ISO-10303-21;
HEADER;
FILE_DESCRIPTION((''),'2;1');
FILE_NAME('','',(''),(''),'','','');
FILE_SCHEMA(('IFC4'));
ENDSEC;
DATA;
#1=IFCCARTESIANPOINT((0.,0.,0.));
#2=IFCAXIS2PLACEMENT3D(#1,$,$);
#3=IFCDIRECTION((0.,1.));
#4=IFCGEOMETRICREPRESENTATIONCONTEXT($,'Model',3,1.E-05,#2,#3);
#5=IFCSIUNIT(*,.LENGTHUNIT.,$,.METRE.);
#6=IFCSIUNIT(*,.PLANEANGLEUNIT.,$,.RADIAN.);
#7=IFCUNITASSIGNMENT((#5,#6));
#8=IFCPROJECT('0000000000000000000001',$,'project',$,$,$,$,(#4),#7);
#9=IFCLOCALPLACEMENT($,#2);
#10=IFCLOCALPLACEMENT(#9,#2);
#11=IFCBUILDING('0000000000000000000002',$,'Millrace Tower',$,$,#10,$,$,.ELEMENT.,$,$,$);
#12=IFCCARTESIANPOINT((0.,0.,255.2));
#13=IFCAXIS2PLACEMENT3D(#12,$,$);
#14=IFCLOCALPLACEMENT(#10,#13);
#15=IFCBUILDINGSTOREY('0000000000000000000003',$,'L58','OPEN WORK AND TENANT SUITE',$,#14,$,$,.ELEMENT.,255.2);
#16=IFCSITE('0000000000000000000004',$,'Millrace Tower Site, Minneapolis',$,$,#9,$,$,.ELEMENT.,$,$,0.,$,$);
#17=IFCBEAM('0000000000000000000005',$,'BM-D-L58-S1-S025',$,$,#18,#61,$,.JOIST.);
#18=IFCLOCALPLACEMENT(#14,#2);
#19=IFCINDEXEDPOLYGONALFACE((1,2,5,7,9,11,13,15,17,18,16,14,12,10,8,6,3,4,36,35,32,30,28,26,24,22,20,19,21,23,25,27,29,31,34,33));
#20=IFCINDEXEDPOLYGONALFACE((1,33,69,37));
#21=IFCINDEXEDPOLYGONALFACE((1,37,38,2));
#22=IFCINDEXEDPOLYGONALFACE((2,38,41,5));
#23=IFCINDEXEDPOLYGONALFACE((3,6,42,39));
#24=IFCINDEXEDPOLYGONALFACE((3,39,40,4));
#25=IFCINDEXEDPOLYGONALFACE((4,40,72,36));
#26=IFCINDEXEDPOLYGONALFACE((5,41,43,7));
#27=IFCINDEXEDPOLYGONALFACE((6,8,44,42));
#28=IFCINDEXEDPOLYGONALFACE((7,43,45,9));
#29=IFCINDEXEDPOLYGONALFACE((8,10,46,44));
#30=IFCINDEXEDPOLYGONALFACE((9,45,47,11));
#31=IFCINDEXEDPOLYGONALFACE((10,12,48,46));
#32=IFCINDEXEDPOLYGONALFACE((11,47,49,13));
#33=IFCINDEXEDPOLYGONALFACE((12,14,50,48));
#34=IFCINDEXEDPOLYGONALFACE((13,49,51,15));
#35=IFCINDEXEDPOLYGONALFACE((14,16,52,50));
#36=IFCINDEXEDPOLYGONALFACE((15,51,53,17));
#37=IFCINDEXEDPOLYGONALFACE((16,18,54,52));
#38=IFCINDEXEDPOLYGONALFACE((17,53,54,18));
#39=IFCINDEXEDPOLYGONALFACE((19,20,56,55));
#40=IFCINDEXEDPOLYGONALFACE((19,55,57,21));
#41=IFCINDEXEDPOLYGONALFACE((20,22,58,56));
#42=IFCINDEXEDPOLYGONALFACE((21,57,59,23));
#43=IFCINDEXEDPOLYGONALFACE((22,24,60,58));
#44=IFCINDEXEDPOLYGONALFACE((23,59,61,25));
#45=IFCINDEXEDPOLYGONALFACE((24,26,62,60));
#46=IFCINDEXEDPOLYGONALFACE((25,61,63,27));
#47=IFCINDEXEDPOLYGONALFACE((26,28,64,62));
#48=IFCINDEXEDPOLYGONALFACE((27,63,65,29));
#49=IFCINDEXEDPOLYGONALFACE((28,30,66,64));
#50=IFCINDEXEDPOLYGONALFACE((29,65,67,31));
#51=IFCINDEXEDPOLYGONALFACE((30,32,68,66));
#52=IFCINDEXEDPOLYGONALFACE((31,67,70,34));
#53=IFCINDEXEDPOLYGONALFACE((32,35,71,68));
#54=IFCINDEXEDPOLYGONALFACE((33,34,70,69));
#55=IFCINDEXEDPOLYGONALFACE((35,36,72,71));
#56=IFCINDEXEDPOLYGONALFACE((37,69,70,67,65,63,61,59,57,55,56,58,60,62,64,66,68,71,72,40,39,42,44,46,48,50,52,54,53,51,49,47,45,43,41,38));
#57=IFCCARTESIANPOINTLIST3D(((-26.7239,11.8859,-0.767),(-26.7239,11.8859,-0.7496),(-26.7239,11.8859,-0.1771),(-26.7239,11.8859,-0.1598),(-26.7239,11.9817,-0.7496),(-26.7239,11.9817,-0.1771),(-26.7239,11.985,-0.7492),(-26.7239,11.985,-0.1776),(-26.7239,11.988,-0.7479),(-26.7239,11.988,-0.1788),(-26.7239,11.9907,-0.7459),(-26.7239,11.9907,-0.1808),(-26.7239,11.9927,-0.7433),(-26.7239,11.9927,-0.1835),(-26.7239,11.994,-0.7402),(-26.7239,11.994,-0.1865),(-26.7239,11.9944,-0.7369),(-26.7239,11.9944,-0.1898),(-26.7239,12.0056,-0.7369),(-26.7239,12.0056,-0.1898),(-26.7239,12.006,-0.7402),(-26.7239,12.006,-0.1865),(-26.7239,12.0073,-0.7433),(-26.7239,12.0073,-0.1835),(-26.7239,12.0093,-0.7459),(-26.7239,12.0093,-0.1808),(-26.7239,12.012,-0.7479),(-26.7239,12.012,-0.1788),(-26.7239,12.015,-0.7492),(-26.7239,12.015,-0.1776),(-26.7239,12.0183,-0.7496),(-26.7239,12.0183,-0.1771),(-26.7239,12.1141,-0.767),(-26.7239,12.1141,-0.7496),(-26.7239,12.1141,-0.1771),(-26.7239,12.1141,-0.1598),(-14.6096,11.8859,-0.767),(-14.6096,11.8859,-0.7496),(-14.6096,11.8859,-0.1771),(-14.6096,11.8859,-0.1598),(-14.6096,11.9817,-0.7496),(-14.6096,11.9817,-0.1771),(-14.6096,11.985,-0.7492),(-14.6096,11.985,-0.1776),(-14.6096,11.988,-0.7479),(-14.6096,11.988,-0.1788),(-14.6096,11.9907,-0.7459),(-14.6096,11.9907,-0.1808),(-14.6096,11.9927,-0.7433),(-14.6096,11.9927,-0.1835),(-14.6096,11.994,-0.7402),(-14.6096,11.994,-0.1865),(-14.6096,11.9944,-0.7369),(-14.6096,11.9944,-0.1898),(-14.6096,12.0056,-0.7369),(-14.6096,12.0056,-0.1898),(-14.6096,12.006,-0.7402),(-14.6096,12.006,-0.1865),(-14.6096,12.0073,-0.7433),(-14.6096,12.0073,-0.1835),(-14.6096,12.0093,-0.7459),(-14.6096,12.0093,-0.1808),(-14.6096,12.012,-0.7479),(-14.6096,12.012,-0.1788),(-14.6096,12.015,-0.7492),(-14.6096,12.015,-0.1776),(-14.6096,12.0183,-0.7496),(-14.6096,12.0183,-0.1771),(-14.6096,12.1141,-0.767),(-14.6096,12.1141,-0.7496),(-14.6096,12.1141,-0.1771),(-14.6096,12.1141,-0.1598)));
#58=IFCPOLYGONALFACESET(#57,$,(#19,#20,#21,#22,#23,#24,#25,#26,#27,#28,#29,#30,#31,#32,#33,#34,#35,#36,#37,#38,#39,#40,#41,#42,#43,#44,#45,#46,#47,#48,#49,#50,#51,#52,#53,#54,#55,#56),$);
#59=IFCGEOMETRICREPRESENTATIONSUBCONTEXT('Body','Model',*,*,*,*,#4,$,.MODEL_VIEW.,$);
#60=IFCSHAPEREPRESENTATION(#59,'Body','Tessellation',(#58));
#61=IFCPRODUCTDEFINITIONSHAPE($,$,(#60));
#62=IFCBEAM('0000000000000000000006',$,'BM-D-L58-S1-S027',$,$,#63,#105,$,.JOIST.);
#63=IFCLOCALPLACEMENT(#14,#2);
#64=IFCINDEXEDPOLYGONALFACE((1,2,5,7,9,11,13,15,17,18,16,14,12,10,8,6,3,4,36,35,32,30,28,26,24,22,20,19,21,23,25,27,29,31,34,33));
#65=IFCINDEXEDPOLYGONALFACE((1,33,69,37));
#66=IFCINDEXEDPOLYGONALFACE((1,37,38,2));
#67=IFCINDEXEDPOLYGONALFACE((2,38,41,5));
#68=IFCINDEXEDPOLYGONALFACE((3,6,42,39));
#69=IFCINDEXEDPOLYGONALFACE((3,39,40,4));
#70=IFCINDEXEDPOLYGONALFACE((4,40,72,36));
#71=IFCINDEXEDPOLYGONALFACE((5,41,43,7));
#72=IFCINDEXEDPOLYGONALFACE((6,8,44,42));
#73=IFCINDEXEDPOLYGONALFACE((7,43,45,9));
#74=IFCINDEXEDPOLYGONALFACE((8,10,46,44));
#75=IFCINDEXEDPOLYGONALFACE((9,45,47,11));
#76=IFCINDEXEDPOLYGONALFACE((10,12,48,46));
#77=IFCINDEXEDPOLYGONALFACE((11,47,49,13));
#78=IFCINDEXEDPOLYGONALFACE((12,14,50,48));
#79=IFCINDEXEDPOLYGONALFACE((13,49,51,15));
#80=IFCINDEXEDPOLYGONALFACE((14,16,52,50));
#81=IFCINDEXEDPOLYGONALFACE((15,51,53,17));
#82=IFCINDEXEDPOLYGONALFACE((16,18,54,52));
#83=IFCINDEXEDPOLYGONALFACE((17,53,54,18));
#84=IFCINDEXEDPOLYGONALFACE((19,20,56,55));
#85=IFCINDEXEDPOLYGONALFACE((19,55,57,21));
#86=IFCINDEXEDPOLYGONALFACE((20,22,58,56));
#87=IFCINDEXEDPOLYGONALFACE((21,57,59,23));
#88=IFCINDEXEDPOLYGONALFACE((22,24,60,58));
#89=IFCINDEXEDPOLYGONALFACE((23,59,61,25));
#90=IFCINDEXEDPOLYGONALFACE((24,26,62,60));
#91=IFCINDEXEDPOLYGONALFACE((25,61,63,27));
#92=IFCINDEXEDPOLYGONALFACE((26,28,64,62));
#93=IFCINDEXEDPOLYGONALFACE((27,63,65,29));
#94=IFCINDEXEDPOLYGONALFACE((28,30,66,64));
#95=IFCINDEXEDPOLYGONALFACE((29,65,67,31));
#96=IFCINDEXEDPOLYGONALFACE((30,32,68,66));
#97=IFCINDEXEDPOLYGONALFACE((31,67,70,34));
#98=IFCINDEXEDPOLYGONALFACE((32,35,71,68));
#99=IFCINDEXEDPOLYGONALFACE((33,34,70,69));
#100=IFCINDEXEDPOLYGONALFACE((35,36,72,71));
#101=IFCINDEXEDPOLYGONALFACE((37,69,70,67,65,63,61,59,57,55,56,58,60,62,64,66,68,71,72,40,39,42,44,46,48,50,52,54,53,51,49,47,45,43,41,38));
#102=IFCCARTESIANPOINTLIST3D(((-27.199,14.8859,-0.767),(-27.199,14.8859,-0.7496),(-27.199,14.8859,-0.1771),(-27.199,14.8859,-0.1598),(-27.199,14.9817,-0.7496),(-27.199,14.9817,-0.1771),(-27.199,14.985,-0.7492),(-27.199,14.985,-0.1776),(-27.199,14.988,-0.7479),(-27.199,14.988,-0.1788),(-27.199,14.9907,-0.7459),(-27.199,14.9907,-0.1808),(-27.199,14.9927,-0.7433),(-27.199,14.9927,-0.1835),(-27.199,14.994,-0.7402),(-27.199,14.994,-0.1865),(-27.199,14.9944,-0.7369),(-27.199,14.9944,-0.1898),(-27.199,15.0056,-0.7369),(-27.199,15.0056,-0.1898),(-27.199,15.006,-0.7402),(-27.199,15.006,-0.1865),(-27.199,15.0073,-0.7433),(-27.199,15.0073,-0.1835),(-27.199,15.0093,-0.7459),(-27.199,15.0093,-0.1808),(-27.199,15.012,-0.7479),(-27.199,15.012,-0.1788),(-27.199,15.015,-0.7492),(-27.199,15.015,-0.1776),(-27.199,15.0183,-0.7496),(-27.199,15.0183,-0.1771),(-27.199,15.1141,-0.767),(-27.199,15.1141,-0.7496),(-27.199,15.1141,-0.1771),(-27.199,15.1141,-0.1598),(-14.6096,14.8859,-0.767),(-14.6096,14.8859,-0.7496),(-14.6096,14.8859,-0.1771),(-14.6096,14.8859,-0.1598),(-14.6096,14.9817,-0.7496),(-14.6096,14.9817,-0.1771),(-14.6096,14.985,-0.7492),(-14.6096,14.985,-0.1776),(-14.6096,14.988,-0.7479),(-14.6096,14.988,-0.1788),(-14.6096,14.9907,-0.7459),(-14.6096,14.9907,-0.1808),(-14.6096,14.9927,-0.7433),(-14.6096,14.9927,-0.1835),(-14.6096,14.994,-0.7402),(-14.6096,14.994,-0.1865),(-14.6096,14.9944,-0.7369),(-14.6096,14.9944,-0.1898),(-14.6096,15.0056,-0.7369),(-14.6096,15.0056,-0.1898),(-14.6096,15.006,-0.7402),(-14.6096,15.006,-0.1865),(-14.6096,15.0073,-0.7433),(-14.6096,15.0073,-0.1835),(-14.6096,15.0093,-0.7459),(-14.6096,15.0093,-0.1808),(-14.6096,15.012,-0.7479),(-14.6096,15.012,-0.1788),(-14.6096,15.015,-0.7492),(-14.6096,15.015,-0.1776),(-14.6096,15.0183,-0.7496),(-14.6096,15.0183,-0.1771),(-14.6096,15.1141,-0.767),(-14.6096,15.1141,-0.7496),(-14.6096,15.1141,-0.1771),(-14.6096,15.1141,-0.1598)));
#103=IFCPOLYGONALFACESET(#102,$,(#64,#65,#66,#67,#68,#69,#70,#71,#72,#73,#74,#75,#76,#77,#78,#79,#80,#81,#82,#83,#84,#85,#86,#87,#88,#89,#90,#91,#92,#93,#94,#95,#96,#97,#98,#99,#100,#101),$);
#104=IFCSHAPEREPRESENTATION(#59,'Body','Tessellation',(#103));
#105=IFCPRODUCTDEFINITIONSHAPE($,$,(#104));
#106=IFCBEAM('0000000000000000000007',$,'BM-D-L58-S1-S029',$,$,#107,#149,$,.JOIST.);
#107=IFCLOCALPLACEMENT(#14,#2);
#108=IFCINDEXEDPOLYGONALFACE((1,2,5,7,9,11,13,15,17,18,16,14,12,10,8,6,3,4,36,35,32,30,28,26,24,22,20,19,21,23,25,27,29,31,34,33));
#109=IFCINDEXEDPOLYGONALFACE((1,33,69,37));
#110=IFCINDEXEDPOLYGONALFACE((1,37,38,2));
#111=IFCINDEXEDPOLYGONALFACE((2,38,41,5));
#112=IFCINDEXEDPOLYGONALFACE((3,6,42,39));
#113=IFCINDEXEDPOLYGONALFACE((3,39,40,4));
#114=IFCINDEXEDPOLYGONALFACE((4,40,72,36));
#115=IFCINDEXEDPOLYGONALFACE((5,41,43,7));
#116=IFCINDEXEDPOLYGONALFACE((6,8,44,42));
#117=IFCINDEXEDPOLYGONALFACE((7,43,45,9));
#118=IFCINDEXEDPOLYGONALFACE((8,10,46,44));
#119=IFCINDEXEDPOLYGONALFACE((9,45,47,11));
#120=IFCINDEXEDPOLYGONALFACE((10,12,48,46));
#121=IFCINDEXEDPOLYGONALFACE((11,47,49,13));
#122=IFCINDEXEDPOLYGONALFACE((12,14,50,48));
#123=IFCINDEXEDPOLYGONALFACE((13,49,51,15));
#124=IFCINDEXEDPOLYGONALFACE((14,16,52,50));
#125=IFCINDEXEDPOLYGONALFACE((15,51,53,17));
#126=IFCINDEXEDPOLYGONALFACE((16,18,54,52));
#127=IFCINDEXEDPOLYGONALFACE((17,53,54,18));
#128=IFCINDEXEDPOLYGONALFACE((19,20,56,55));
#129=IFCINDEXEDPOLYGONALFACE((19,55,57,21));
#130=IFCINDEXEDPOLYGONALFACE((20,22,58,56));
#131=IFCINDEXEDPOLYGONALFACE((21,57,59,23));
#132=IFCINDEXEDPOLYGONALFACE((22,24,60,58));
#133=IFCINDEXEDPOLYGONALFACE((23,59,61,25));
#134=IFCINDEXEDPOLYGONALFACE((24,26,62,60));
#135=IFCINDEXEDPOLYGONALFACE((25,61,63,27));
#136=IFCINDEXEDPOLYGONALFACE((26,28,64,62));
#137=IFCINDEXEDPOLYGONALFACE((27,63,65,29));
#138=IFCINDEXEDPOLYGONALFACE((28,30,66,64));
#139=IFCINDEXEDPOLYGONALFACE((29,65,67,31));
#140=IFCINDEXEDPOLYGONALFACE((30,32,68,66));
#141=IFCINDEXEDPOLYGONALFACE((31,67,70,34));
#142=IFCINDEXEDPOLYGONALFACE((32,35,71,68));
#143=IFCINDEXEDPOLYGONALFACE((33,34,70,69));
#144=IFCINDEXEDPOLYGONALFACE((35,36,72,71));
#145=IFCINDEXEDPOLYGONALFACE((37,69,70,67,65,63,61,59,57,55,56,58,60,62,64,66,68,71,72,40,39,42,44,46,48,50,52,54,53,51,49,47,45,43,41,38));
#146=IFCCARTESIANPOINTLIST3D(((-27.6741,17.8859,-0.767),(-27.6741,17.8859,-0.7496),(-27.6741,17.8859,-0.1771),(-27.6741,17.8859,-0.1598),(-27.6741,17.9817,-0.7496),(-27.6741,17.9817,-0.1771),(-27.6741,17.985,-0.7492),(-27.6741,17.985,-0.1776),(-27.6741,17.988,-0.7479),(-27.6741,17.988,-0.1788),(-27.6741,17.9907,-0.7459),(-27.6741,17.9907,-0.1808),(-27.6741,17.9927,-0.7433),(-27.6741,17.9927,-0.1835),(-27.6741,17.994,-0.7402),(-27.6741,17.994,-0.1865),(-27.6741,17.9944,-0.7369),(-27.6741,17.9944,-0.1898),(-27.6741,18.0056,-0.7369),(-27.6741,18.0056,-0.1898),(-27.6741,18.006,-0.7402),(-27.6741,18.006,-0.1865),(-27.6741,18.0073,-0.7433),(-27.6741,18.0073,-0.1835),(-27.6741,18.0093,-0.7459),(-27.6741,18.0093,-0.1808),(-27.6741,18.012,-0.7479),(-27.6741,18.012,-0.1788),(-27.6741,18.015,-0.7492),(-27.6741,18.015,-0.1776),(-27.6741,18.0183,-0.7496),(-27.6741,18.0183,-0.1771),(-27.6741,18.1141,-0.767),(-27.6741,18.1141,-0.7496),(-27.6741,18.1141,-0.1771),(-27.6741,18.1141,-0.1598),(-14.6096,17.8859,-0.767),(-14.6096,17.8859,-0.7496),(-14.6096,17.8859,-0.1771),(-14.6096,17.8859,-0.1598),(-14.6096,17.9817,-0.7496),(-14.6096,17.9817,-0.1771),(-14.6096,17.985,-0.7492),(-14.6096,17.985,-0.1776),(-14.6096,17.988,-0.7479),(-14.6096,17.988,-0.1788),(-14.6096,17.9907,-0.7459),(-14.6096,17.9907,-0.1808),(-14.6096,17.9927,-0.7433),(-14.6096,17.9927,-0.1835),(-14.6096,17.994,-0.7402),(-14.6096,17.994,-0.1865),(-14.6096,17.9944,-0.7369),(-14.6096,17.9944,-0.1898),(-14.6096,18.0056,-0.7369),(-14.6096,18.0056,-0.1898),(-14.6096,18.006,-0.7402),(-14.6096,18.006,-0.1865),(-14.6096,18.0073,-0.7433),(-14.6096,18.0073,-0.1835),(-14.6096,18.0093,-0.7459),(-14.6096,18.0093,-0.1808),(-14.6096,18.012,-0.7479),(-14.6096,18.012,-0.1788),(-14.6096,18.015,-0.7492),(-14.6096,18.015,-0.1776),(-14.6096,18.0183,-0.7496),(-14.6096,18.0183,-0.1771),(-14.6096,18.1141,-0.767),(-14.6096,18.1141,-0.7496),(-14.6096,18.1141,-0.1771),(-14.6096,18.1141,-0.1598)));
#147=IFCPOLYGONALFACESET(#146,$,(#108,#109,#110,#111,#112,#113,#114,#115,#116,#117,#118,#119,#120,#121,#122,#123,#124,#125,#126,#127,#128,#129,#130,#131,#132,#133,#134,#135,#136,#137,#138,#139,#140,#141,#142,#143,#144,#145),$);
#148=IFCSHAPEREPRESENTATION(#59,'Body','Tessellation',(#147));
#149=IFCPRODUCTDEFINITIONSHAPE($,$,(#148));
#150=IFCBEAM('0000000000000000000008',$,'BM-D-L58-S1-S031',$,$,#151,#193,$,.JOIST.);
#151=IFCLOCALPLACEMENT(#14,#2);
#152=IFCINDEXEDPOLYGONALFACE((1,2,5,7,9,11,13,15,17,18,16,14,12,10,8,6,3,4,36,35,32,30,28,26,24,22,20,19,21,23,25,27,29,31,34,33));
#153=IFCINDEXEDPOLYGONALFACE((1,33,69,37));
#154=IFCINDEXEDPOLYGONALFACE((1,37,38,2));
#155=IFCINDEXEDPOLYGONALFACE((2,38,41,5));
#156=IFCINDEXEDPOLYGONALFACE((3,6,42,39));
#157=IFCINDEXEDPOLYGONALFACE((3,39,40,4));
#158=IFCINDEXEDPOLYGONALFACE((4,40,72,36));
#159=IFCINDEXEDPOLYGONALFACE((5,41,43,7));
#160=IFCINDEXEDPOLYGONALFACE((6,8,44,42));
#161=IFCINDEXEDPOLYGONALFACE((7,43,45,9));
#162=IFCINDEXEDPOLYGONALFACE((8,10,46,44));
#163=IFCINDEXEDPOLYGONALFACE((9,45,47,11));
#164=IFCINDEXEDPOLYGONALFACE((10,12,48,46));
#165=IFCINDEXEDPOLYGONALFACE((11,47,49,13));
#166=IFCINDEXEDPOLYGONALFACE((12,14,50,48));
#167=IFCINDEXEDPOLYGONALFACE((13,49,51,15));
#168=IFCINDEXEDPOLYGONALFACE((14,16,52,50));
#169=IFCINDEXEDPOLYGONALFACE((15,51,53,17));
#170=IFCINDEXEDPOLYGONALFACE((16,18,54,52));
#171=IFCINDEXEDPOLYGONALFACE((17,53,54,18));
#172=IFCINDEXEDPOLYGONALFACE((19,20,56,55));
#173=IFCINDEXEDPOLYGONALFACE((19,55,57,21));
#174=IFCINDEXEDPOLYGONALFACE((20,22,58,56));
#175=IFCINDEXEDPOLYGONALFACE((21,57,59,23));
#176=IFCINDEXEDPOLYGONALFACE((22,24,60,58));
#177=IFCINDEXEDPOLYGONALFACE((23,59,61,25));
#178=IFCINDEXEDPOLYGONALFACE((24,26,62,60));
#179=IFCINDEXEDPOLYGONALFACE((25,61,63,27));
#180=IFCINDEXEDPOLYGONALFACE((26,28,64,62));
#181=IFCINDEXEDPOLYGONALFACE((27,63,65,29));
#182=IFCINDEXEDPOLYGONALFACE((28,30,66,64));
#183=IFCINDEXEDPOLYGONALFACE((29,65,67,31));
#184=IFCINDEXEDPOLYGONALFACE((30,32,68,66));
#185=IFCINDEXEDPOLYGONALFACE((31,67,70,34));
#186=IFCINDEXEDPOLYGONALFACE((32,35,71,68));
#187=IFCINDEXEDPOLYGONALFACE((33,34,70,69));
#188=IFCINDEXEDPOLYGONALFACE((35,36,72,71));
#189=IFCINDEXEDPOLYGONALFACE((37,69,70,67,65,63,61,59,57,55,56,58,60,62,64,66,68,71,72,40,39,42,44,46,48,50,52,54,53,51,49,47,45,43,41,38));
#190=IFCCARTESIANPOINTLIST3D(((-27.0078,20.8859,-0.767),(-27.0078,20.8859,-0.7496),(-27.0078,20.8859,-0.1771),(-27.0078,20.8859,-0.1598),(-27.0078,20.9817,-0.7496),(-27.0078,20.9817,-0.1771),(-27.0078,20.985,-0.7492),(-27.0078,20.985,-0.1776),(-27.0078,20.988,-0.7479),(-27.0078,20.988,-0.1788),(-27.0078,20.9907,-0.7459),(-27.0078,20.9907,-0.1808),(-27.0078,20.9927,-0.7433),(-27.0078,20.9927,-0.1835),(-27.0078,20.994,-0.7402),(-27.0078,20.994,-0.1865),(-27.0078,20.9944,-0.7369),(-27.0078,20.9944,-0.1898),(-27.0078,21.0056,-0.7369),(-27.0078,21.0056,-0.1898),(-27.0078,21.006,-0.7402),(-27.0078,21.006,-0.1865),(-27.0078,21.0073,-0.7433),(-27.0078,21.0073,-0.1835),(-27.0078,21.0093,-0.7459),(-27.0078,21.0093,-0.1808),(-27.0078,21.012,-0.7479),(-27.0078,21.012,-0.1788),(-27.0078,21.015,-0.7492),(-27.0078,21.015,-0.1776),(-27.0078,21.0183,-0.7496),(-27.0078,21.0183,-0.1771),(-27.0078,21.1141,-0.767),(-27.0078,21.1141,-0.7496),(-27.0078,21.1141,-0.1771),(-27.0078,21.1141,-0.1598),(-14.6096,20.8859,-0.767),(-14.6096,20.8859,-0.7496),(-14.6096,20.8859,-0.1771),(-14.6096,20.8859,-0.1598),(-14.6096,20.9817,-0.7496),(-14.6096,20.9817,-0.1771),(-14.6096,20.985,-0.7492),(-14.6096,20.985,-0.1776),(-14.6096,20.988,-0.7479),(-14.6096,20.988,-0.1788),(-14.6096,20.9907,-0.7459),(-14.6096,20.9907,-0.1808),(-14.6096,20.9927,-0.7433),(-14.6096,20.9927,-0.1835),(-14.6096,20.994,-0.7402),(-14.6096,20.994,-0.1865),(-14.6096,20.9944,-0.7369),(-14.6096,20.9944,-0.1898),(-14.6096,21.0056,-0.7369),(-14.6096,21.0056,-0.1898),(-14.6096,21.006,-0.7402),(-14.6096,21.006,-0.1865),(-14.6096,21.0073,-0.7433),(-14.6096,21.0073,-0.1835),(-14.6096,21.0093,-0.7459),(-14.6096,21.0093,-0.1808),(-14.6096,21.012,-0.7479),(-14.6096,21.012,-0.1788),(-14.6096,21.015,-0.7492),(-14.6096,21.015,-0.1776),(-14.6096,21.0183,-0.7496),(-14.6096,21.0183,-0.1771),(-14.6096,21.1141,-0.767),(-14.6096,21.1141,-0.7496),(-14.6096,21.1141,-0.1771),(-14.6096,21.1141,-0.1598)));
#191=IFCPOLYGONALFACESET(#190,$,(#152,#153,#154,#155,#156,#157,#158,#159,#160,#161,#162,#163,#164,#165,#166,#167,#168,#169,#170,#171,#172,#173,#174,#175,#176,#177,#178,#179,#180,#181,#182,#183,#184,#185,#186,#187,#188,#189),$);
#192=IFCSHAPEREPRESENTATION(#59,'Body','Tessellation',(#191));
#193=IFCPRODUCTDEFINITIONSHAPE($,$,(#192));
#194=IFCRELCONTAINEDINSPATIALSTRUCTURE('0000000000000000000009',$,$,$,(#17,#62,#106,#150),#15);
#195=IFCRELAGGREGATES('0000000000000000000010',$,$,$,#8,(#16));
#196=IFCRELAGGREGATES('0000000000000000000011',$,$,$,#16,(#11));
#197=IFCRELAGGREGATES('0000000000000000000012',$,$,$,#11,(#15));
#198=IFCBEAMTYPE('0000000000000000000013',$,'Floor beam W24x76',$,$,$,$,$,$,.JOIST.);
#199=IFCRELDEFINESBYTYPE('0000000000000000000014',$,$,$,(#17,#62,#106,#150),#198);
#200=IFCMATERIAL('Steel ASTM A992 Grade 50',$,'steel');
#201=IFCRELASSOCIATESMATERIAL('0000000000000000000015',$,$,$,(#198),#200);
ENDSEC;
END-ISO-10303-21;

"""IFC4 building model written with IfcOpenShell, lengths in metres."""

from ifc_helpers import new_model, si_unit, direction, frame, origin, origin_2d, place, context, subcontext, project, spatial, i_section, extrude, material, material_profile, profile_set, type_object, element, save


model = new_model("IFC4")

# Units and contexts
model_context = context("Model", 3, precision=1e-05, world=origin(), true_north=direction((0.0, 1.0)))
body_context = subcontext(model_context, "Body", "Model", "MODEL_VIEW")
ifc_project = project(units=[si_unit("LENGTHUNIT", "METRE"), si_unit("PLANEANGLEUNIT", "RADIAN")], contexts=[model_context])

# Site, building, storey
site_placement = place(None, origin())
site = spatial("IfcSite", under=ifc_project, at=site_placement, Name="Millrace Tower Site, Minneapolis", CompositionType="ELEMENT", RefElevation=0.0)
building_placement = place(site_placement, origin())
building = spatial("IfcBuilding", under=site, at=building_placement, Name="Millrace Tower", CompositionType="ELEMENT")
storey_placement = place(building_placement, frame((0.0, 0.0, 255.2)))
storey = spatial("IfcBuildingStorey", under=building, at=storey_placement, Name="L58", Description="OPEN WORK AND TENANT SUITE", CompositionType="ELEMENT", Elevation=255.2)

# Beams
ifc_material_1 = material(Name="Steel ASTM A992 Grade 50", Category="steel")
ifc_material_profile_1 = material_profile(ifc_material_1, i_section(OverallWidth=0.2283, OverallDepth=0.6072, WebThickness=0.0112, FlangeThickness=0.0173, FilletRadius=0.0127, at=origin_2d()))
ifc_profile_set_1 = profile_set([ifc_material_profile_1], Name="Steel ASTM A992 Grade 50")
beam_type_1 = type_object("IfcBeamType", Name="Floor beam W24x76", PredefinedType="JOIST", material=ifc_profile_set_1)
beam_1_placement = place(storey_placement, frame((-26.7239, 12.0, -0.4634), z_axis=(1.0, 0.0, 0.0), x_axis=(0.0, 1.0, 0.0)))
element("IfcBeam", 1, at=beam_1_placement, inside=storey, type_object=beam_type_1, Name="BM-D-L58-S1-S025", PredefinedType="JOIST", context=body_context, shape_type="SweptSolid", body=[
    extrude(i_section(OverallWidth=0.2283, OverallDepth=0.6072, WebThickness=0.0112, FlangeThickness=0.0173, FilletRadius=0.0127, at=origin_2d()), origin(), (0.0, 0.0, 1.0), 12.1143),
])
beam_2_placement = place(storey_placement, frame((-27.199, 15.0, -0.4634), z_axis=(1.0, 0.0, 0.0), x_axis=(0.0, 1.0, 0.0)))
element("IfcBeam", 2, at=beam_2_placement, inside=storey, type_object=beam_type_1, Name="BM-D-L58-S1-S027", PredefinedType="JOIST", context=body_context, shape_type="SweptSolid", body=[
    extrude(i_section(OverallWidth=0.2283, OverallDepth=0.6072, WebThickness=0.0112, FlangeThickness=0.0173, FilletRadius=0.0127, at=origin_2d()), origin(), (0.0, 0.0, 1.0), 12.5894),
])
beam_3_placement = place(storey_placement, frame((-27.6741, 18.0, -0.4634), z_axis=(1.0, 0.0, 0.0), x_axis=(0.0, 1.0, 0.0)))
element("IfcBeam", 3, at=beam_3_placement, inside=storey, type_object=beam_type_1, Name="BM-D-L58-S1-S029", PredefinedType="JOIST", context=body_context, shape_type="SweptSolid", body=[
    extrude(i_section(OverallWidth=0.2283, OverallDepth=0.6072, WebThickness=0.0112, FlangeThickness=0.0173, FilletRadius=0.0127, at=origin_2d()), origin(), (0.0, 0.0, 1.0), 13.0645),
])
beam_4_placement = place(storey_placement, frame((-27.0078, 21.0, -0.4634), z_axis=(1.0, 0.0, 0.0), x_axis=(0.0, 1.0, 0.0)))
element("IfcBeam", 4, at=beam_4_placement, inside=storey, type_object=beam_type_1, Name="BM-D-L58-S1-S031", PredefinedType="JOIST", context=body_context, shape_type="SweptSolid", body=[
    extrude(i_section(OverallWidth=0.2283, OverallDepth=0.6072, WebThickness=0.0112, FlangeThickness=0.0173, FilletRadius=0.0127, at=origin_2d()), origin(), (0.0, 0.0, 1.0), 12.3982),
])

save(model, "model.ifc")
